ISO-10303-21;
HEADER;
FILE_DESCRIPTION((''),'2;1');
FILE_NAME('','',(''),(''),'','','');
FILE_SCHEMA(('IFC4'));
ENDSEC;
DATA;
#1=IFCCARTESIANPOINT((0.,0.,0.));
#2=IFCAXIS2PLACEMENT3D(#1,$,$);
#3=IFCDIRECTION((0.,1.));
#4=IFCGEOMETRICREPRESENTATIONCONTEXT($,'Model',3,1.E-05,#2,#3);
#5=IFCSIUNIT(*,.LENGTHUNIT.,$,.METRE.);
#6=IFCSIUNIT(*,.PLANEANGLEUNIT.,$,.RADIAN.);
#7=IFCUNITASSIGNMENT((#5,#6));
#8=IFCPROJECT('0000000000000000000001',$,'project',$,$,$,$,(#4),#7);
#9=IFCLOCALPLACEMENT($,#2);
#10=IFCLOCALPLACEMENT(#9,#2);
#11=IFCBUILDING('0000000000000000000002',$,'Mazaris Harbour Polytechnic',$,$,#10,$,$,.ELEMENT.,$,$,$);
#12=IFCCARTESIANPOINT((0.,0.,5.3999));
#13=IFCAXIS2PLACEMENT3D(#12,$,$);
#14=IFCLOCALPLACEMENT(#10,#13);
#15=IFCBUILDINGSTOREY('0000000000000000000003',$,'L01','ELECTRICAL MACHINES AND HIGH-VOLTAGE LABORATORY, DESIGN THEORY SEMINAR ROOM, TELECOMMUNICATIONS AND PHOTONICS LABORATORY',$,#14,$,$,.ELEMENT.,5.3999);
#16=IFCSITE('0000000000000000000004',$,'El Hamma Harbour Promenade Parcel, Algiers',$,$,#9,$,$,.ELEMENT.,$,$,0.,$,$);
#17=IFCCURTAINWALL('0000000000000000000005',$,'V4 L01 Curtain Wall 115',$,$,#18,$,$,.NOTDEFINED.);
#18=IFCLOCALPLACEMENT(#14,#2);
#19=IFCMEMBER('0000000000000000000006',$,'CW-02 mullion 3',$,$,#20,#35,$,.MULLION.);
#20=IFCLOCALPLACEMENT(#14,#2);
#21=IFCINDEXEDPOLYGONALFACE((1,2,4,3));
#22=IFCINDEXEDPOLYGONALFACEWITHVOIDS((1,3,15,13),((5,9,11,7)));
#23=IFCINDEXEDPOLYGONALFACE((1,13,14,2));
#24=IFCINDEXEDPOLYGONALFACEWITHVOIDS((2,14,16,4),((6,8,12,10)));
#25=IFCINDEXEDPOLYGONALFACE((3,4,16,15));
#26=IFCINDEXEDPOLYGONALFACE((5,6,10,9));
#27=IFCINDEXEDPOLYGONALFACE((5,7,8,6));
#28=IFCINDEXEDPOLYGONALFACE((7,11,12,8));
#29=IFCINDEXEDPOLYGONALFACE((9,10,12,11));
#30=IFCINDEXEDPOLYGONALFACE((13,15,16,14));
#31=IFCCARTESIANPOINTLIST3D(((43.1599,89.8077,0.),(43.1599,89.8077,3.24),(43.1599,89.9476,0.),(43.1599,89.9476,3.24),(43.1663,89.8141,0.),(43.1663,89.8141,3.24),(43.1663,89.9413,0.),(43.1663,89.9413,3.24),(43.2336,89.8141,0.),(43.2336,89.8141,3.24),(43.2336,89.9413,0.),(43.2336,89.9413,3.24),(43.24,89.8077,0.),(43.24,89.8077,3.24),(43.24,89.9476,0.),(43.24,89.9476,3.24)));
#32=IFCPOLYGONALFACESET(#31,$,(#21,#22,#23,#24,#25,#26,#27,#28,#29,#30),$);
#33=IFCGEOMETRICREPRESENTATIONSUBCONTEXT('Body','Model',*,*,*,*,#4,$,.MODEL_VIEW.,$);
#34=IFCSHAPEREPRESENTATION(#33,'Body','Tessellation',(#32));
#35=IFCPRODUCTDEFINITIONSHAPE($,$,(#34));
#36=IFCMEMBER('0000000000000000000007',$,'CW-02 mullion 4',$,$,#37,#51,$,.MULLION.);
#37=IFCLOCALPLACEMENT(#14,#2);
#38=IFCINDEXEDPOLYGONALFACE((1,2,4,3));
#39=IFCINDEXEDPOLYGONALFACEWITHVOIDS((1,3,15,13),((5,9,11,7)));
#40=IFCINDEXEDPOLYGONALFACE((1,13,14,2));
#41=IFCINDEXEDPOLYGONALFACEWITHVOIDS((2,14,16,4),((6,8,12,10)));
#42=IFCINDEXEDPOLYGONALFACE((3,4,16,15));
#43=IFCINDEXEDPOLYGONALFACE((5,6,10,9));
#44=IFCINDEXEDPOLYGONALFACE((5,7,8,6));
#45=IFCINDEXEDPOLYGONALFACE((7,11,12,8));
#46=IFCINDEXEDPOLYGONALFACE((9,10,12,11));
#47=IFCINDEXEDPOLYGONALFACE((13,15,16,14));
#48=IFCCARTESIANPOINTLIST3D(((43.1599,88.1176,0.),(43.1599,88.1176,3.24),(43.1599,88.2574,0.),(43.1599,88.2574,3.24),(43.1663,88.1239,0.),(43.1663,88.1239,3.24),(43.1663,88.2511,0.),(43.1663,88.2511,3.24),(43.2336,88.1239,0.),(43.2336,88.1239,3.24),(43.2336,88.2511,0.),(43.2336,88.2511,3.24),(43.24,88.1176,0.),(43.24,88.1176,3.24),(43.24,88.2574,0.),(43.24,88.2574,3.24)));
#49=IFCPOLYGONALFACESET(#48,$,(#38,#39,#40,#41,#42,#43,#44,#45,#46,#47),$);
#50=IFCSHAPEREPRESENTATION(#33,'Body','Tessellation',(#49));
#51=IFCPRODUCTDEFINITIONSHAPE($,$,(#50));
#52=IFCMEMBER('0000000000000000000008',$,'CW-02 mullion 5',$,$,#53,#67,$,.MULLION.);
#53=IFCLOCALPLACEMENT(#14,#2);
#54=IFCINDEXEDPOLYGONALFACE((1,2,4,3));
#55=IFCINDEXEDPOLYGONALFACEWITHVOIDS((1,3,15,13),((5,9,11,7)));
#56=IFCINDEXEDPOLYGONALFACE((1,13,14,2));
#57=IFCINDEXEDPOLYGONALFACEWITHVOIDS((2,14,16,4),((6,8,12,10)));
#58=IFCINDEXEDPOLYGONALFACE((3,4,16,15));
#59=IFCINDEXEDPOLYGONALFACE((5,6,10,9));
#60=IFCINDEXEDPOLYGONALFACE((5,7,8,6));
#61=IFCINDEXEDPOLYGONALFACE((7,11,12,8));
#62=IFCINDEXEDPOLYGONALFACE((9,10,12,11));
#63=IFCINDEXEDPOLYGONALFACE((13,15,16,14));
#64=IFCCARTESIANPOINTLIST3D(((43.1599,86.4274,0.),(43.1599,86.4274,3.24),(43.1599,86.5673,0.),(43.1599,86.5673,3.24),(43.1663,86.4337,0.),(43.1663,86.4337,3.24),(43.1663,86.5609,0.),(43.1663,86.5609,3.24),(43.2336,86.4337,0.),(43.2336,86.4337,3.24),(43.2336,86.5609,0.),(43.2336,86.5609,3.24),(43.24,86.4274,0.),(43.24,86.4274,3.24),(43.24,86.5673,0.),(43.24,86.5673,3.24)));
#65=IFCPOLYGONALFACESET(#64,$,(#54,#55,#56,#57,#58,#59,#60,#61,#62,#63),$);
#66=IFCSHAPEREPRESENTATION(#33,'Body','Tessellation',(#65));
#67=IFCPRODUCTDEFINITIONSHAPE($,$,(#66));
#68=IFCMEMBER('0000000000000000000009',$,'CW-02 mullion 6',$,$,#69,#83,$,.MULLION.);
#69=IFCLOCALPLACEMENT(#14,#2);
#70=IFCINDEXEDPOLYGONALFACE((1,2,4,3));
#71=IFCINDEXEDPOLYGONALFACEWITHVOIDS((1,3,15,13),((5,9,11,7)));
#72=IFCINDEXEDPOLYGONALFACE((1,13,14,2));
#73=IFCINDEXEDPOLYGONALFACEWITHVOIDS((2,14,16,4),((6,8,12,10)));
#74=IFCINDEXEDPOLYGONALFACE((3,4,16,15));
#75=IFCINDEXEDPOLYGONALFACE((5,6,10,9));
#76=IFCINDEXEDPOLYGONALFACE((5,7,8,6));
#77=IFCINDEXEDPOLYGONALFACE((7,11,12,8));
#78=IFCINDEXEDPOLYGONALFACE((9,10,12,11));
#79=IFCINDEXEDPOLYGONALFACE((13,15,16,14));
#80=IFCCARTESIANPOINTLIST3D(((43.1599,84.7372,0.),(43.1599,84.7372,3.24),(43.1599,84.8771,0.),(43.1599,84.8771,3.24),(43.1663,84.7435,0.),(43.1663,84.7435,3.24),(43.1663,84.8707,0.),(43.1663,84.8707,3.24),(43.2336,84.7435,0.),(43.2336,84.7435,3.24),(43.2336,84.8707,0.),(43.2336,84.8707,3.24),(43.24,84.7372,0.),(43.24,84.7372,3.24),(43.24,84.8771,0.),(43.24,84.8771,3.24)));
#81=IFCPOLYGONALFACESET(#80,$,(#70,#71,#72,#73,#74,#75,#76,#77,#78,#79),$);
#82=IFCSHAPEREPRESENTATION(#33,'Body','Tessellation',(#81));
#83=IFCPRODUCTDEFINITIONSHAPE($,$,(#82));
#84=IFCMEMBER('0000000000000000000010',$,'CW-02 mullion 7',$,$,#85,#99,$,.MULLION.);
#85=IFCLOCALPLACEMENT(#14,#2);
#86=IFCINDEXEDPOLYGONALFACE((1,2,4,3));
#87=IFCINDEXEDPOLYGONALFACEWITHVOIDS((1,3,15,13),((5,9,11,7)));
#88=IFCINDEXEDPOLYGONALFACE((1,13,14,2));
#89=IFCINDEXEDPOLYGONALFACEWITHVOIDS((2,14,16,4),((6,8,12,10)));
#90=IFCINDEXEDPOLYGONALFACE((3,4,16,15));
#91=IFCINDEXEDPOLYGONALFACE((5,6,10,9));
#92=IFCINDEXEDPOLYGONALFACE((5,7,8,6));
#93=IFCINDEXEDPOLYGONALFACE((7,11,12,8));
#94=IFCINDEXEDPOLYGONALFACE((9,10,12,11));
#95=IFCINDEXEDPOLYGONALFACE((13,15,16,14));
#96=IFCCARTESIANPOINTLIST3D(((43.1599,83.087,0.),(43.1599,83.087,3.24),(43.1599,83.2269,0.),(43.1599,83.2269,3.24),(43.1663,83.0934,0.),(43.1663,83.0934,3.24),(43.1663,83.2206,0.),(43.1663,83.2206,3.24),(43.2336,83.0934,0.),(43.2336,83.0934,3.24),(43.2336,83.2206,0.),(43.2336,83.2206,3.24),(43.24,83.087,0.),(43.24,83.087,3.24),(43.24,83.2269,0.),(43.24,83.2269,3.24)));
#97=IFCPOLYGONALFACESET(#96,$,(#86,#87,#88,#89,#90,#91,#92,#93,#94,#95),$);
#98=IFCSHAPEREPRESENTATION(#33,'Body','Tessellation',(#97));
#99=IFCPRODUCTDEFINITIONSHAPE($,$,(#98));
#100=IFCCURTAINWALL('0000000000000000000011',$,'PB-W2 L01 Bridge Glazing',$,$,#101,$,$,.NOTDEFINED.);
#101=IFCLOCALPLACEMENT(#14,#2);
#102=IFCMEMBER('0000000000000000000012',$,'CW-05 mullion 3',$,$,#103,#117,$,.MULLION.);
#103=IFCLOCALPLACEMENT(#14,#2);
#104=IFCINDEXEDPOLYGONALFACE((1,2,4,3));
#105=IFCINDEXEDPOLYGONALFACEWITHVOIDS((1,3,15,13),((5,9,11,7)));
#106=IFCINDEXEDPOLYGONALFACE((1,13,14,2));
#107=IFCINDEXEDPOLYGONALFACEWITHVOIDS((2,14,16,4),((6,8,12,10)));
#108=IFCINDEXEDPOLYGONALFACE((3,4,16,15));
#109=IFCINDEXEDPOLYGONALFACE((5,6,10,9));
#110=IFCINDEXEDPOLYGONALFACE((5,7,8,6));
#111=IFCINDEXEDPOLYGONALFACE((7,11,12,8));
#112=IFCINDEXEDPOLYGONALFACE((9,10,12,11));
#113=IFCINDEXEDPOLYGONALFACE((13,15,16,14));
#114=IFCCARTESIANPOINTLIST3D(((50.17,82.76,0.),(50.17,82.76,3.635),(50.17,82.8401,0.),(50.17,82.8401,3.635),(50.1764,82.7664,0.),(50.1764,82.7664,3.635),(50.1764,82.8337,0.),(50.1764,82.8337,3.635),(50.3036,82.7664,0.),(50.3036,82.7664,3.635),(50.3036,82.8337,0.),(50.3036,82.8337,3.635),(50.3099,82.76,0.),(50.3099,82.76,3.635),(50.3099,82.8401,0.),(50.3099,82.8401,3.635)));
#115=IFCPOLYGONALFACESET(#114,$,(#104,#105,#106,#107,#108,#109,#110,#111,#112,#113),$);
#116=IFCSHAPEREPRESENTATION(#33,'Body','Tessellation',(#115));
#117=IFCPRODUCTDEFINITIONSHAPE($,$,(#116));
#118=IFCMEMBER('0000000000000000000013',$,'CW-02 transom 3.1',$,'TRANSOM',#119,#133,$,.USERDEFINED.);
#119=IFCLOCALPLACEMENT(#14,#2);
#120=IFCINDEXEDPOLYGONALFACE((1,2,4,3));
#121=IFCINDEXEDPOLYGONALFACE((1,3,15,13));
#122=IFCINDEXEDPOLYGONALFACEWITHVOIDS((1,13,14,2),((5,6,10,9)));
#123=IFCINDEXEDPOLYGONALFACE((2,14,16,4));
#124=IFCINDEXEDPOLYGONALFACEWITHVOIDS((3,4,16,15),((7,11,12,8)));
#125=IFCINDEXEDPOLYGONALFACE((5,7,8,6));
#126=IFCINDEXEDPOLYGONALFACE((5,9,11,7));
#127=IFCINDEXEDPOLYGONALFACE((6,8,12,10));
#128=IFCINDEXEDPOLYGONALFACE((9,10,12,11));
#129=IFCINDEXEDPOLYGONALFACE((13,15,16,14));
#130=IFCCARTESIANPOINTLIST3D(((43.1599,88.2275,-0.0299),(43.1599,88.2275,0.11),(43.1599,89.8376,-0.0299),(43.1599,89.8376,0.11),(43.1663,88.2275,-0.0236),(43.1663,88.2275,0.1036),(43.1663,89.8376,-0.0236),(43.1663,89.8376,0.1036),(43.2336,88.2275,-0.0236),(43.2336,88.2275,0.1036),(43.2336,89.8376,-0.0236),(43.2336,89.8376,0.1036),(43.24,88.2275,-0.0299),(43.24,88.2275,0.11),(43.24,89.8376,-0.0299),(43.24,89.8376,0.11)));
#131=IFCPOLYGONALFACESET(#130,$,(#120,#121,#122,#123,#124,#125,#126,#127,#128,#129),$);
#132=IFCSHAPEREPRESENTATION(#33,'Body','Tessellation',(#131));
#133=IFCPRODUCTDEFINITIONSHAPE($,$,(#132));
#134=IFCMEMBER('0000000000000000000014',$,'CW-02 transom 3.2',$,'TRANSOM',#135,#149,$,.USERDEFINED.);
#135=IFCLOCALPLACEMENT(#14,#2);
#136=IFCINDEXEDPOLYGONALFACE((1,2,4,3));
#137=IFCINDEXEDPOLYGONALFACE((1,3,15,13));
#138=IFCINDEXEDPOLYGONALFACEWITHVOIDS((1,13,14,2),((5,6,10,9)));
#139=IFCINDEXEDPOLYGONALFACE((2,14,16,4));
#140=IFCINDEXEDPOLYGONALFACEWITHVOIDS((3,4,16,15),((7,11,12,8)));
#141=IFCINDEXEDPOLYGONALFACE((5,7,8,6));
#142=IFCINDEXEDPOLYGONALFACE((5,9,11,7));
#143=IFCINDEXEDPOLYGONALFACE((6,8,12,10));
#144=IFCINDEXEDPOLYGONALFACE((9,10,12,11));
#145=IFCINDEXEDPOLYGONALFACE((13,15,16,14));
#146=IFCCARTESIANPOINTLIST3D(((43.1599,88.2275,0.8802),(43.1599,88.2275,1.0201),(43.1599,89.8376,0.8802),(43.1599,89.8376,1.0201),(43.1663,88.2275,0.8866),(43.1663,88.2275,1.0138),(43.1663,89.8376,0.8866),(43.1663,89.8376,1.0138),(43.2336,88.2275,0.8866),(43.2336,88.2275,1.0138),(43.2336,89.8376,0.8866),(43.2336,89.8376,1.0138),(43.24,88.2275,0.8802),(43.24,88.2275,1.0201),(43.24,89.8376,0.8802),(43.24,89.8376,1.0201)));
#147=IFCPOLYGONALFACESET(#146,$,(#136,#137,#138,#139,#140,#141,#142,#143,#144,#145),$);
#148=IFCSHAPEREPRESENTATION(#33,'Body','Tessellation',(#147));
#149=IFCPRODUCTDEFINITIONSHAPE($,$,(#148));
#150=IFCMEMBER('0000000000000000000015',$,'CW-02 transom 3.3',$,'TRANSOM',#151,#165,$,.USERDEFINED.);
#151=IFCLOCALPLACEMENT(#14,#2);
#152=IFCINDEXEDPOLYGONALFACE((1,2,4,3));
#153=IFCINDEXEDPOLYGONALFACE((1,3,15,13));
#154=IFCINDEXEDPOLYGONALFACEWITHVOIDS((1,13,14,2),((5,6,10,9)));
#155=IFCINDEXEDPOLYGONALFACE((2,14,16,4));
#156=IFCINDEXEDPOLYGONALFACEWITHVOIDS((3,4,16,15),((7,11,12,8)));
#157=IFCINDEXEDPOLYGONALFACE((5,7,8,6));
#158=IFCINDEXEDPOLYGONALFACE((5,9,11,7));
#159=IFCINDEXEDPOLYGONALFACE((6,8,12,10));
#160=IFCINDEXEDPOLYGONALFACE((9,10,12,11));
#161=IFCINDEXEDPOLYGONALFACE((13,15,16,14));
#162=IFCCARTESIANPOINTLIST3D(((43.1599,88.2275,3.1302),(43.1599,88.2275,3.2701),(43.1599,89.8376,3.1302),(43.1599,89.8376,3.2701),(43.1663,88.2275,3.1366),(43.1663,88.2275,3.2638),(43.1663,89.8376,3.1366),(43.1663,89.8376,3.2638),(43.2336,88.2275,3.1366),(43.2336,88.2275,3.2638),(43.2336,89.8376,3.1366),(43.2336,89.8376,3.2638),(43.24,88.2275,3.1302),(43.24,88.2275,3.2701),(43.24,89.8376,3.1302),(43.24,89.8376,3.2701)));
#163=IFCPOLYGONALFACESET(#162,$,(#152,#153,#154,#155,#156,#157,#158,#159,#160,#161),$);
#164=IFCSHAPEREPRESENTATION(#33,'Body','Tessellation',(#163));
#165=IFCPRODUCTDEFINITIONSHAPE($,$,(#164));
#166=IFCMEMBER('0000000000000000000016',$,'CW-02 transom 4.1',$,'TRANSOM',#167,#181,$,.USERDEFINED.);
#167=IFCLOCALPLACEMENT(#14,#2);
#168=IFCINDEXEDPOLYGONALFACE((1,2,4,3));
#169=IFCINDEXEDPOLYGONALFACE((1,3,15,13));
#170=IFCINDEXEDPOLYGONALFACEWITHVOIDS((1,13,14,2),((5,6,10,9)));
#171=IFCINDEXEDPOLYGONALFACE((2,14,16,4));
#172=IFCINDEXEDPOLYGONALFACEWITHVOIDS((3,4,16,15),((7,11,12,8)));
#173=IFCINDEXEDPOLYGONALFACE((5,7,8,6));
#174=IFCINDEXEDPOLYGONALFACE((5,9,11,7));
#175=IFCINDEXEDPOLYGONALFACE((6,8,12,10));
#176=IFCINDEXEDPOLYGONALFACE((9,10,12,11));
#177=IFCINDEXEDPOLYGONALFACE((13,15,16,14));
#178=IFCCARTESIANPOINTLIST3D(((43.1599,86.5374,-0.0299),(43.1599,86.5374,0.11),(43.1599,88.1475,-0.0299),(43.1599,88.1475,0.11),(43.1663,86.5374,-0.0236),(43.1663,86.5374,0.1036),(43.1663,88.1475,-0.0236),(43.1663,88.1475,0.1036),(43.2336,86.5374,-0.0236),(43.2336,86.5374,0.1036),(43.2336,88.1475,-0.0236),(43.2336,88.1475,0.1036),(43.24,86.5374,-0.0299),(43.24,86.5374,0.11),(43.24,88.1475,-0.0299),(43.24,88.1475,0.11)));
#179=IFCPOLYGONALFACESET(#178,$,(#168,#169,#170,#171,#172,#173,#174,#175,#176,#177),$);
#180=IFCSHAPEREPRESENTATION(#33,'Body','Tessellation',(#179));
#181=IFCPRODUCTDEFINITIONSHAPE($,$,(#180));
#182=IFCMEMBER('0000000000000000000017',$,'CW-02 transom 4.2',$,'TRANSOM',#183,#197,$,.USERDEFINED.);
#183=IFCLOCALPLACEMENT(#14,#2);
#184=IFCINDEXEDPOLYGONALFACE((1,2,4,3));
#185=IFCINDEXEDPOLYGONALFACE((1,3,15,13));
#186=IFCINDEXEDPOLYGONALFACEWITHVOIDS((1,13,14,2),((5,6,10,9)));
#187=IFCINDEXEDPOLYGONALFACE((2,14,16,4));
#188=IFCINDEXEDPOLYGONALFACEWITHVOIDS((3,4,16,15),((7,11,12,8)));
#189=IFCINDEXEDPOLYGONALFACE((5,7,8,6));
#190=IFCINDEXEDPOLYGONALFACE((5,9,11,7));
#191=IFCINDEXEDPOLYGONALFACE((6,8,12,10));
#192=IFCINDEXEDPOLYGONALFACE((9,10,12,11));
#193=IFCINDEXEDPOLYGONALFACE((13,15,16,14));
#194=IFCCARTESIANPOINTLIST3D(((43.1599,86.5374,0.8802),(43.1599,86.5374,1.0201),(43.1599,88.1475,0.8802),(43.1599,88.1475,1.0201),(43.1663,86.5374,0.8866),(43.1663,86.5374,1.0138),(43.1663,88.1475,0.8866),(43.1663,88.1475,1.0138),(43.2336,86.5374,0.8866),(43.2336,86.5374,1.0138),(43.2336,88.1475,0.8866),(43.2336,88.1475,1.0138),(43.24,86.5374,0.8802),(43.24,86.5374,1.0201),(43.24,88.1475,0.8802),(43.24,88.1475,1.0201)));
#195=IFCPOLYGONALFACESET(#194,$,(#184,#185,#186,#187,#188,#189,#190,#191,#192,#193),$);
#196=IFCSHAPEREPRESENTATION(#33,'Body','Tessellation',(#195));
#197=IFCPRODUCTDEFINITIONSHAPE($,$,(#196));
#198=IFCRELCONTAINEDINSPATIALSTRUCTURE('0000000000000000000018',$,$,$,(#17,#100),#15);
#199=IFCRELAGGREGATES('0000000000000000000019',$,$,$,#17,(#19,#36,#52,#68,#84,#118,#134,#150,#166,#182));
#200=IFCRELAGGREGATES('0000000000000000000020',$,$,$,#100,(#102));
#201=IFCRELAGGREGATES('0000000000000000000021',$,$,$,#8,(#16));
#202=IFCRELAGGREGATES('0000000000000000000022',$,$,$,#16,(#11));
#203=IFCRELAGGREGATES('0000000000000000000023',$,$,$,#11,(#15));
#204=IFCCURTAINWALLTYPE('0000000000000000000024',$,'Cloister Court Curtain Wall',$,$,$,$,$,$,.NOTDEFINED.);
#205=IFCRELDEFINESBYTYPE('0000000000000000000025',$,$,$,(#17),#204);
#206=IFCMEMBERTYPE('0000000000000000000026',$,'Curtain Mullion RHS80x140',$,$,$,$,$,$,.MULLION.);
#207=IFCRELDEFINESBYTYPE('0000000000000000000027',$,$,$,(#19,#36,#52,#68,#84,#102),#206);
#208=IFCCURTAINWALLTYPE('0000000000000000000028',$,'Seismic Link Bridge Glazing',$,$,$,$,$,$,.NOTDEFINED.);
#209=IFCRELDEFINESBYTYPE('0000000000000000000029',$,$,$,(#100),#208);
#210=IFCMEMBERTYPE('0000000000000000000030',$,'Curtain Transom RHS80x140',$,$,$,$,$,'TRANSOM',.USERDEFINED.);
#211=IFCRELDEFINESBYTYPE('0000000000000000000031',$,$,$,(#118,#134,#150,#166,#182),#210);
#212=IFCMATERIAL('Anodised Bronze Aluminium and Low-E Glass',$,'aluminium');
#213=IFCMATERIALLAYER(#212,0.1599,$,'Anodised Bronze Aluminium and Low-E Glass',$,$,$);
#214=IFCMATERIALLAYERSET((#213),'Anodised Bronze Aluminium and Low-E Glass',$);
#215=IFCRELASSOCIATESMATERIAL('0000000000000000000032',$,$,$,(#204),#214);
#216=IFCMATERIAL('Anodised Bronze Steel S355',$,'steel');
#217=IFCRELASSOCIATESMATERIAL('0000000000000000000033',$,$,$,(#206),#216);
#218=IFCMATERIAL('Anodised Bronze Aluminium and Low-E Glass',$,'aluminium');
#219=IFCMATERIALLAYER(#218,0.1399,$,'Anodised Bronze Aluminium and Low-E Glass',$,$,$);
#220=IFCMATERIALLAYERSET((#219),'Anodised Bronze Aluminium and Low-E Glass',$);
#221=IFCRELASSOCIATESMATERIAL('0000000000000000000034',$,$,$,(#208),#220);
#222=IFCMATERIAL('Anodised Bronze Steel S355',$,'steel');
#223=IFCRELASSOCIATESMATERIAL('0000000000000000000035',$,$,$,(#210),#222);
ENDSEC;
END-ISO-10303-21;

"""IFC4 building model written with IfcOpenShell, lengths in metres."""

from ifc_helpers import new_model, si_unit, direction, frame, origin, origin_2d, place, context, subcontext, project, spatial, hollow_rectangle, extrude, material, layer, layer_set, material_profile, profile_set, type_object, element, aggregate, save


model = new_model("IFC4")

# Units and contexts
model_context = context("Model", 3, precision=1e-05, world=origin(), true_north=direction((0.0, 1.0)))
body_context = subcontext(model_context, "Body", "Model", "MODEL_VIEW")
ifc_project = project(units=[si_unit("LENGTHUNIT", "METRE"), si_unit("PLANEANGLEUNIT", "RADIAN")], contexts=[model_context])

# Site, building, storey
site_placement = place(None, origin())
site = spatial("IfcSite", under=ifc_project, at=site_placement, Name="El Hamma Harbour Promenade Parcel, Algiers", CompositionType="ELEMENT", RefElevation=0.0)
building_placement = place(site_placement, origin())
building = spatial("IfcBuilding", under=site, at=building_placement, Name="Mazaris Harbour Polytechnic", CompositionType="ELEMENT")
storey_placement = place(building_placement, frame((0.0, 0.0, 5.3999)))
storey = spatial("IfcBuildingStorey", under=building, at=storey_placement, Name="L01", Description="ELECTRICAL MACHINES AND HIGH-VOLTAGE LABORATORY, DESIGN THEORY SEMINAR ROOM, TELECOMMUNICATIONS AND PHOTONICS LABORATORY", CompositionType="ELEMENT", Elevation=5.3999)

# Curtain wall, members
ifc_material_1 = material(Name="Anodised Bronze Aluminium and Low-E Glass", Category="aluminium")
ifc_layer_1 = layer(ifc_material_1, 0.1599, Name="Anodised Bronze Aluminium and Low-E Glass")
ifc_layer_set_1 = layer_set([ifc_layer_1], Name="Anodised Bronze Aluminium and Low-E Glass")
curtain_wall_type_1 = type_object("IfcCurtainWallType", Name="Cloister Court Curtain Wall", PredefinedType="NOTDEFINED", material=ifc_layer_set_1)
curtain_wall_1_placement = place(storey_placement, origin())
curtain_wall_1 = element("IfcCurtainWall", 1, at=curtain_wall_1_placement, inside=storey, type_object=curtain_wall_type_1, Name="V4 L01 Curtain Wall 115", PredefinedType="NOTDEFINED")
ifc_material_2 = material(Name="Anodised Bronze Steel S355", Category="steel")
ifc_material_profile_1 = material_profile(ifc_material_2, hollow_rectangle(XDim=0.0801, YDim=0.1399, WallThickness=0.0063, at=origin_2d()), Name="RHS 80x140x6.3")
ifc_profile_set_1 = profile_set([ifc_material_profile_1], Name="Anodised Bronze Steel S355")
member_type_1 = type_object("IfcMemberType", Name="Curtain Mullion RHS80x140", PredefinedType="MULLION", material=ifc_profile_set_1)
member_1_placement = place(storey_placement, frame((43.2, 89.8777, 0.0), z_axis=(0.0, 0.0, 1.0), x_axis=(1.0, 0.0, 0.0)))
member_1 = element("IfcMember", 2, at=member_1_placement, type_object=member_type_1, Name="CW-02 mullion 3", PredefinedType="MULLION", context=body_context, shape_type="SweptSolid", body=[
    extrude(hollow_rectangle(XDim=0.0801, YDim=0.1399, WallThickness=0.0063, at=origin_2d()), origin(), (0.0, 0.0, 1.0), 3.24),
])
member_2_placement = place(storey_placement, frame((43.2, 88.1875, 0.0), z_axis=(0.0, 0.0, 1.0), x_axis=(1.0, 0.0, 0.0)))
member_2 = element("IfcMember", 3, at=member_2_placement, type_object=member_type_1, Name="CW-02 mullion 4", PredefinedType="MULLION", context=body_context, shape_type="SweptSolid", body=[
    extrude(hollow_rectangle(XDim=0.0801, YDim=0.1399, WallThickness=0.0063, at=origin_2d()), origin(), (0.0, 0.0, 1.0), 3.24),
])
member_3_placement = place(storey_placement, frame((43.2, 86.4973, 0.0), z_axis=(0.0, 0.0, 1.0), x_axis=(1.0, 0.0, 0.0)))
member_3 = element("IfcMember", 4, at=member_3_placement, type_object=member_type_1, Name="CW-02 mullion 5", PredefinedType="MULLION", context=body_context, shape_type="SweptSolid", body=[
    extrude(hollow_rectangle(XDim=0.0801, YDim=0.1399, WallThickness=0.0063, at=origin_2d()), origin(), (0.0, 0.0, 1.0), 3.24),
])
member_4_placement = place(storey_placement, frame((43.2, 84.8071, 0.0), z_axis=(0.0, 0.0, 1.0), x_axis=(1.0, 0.0, 0.0)))
member_4 = element("IfcMember", 5, at=member_4_placement, type_object=member_type_1, Name="CW-02 mullion 6", PredefinedType="MULLION", context=body_context, shape_type="SweptSolid", body=[
    extrude(hollow_rectangle(XDim=0.0801, YDim=0.1399, WallThickness=0.0063, at=origin_2d()), origin(), (0.0, 0.0, 1.0), 3.24),
])
member_5_placement = place(storey_placement, frame((43.2, 83.157, 0.0), z_axis=(0.0, 0.0, 1.0), x_axis=(1.0, 0.0, 0.0)))
member_5 = element("IfcMember", 6, at=member_5_placement, type_object=member_type_1, Name="CW-02 mullion 7", PredefinedType="MULLION", context=body_context, shape_type="SweptSolid", body=[
    extrude(hollow_rectangle(XDim=0.0801, YDim=0.1399, WallThickness=0.0063, at=origin_2d()), origin(), (0.0, 0.0, 1.0), 3.24),
])

# Curtain wall, member
ifc_material_3 = material(Name="Anodised Bronze Aluminium and Low-E Glass", Category="aluminium")
ifc_layer_2 = layer(ifc_material_3, 0.1399, Name="Anodised Bronze Aluminium and Low-E Glass")
ifc_layer_set_2 = layer_set([ifc_layer_2], Name="Anodised Bronze Aluminium and Low-E Glass")
curtain_wall_type_2 = type_object("IfcCurtainWallType", Name="Seismic Link Bridge Glazing", PredefinedType="NOTDEFINED", material=ifc_layer_set_2)
curtain_wall_2_placement = place(storey_placement, origin())
curtain_wall_2 = element("IfcCurtainWall", 7, at=curtain_wall_2_placement, inside=storey, type_object=curtain_wall_type_2, Name="PB-W2 L01 Bridge Glazing", PredefinedType="NOTDEFINED")
member_6_placement = place(storey_placement, frame((50.24, 82.8, 0.0), z_axis=(0.0, 0.0, 1.0), x_axis=(0.0, -1.0, 0.0)))
member_6 = element("IfcMember", 8, at=member_6_placement, type_object=member_type_1, Name="CW-05 mullion 3", PredefinedType="MULLION", context=body_context, shape_type="SweptSolid", body=[
    extrude(hollow_rectangle(XDim=0.0801, YDim=0.1399, WallThickness=0.0063, at=origin_2d()), origin(), (0.0, 0.0, 1.0), 3.635),
])

# Members
ifc_material_4 = material(Name="Anodised Bronze Steel S355", Category="steel")
ifc_material_profile_2 = material_profile(ifc_material_4, hollow_rectangle(XDim=0.0801, YDim=0.1399, WallThickness=0.0063, at=origin_2d()), Name="RHS 80x140x6.3")
ifc_profile_set_2 = profile_set([ifc_material_profile_2], Name="Anodised Bronze Steel S355")
member_type_2 = type_object("IfcMemberType", Name="Curtain Transom RHS80x140", ElementType="TRANSOM", PredefinedType="USERDEFINED", material=ifc_profile_set_2)
member_7_placement = place(storey_placement, frame((43.2, 89.8376, 0.04), z_axis=(0.0, -1.0, 0.0), x_axis=(1.0, 0.0, 0.0)))
member_7 = element("IfcMember", 9, at=member_7_placement, type_object=member_type_2, Name="CW-02 transom 3.1", ObjectType="TRANSOM", PredefinedType="USERDEFINED", context=body_context, shape_type="SweptSolid", body=[
    extrude(hollow_rectangle(XDim=0.0801, YDim=0.1399, WallThickness=0.0063, at=origin_2d()), origin(), (0.0, 0.0, 1.0), 1.6101),
])
member_8_placement = place(storey_placement, frame((43.2, 89.8376, 0.9502), z_axis=(0.0, -1.0, 0.0), x_axis=(1.0, 0.0, 0.0)))
member_8 = element("IfcMember", 10, at=member_8_placement, type_object=member_type_2, Name="CW-02 transom 3.2", ObjectType="TRANSOM", PredefinedType="USERDEFINED", context=body_context, shape_type="SweptSolid", body=[
    extrude(hollow_rectangle(XDim=0.0801, YDim=0.1399, WallThickness=0.0063, at=origin_2d()), origin(), (0.0, 0.0, 1.0), 1.6101),
])
member_9_placement = place(storey_placement, frame((43.2, 89.8376, 3.2002), z_axis=(0.0, -1.0, 0.0), x_axis=(1.0, 0.0, 0.0)))
member_9 = element("IfcMember", 11, at=member_9_placement, type_object=member_type_2, Name="CW-02 transom 3.3", ObjectType="TRANSOM", PredefinedType="USERDEFINED", context=body_context, shape_type="SweptSolid", body=[
    extrude(hollow_rectangle(XDim=0.0801, YDim=0.1399, WallThickness=0.0063, at=origin_2d()), origin(), (0.0, 0.0, 1.0), 1.6101),
])
member_10_placement = place(storey_placement, frame((43.2, 88.1475, 0.04), z_axis=(0.0, -1.0, 0.0), x_axis=(1.0, 0.0, 0.0)))
member_10 = element("IfcMember", 12, at=member_10_placement, type_object=member_type_2, Name="CW-02 transom 4.1", ObjectType="TRANSOM", PredefinedType="USERDEFINED", context=body_context, shape_type="SweptSolid", body=[
    extrude(hollow_rectangle(XDim=0.0801, YDim=0.1399, WallThickness=0.0063, at=origin_2d()), origin(), (0.0, 0.0, 1.0), 1.6101),
])
member_11_placement = place(storey_placement, frame((43.2, 88.1475, 0.9502), z_axis=(0.0, -1.0, 0.0), x_axis=(1.0, 0.0, 0.0)))
member_11 = element("IfcMember", 13, at=member_11_placement, type_object=member_type_2, Name="CW-02 transom 4.2", ObjectType="TRANSOM", PredefinedType="USERDEFINED", context=body_context, shape_type="SweptSolid", body=[
    extrude(hollow_rectangle(XDim=0.0801, YDim=0.1399, WallThickness=0.0063, at=origin_2d()), origin(), (0.0, 0.0, 1.0), 1.6101),
])

aggregate(curtain_wall_1, [member_1, member_2, member_3, member_4, member_5, member_7, member_8, member_9, member_10, member_11])
aggregate(curtain_wall_2, [member_6])

save(model, "model.ifc")
